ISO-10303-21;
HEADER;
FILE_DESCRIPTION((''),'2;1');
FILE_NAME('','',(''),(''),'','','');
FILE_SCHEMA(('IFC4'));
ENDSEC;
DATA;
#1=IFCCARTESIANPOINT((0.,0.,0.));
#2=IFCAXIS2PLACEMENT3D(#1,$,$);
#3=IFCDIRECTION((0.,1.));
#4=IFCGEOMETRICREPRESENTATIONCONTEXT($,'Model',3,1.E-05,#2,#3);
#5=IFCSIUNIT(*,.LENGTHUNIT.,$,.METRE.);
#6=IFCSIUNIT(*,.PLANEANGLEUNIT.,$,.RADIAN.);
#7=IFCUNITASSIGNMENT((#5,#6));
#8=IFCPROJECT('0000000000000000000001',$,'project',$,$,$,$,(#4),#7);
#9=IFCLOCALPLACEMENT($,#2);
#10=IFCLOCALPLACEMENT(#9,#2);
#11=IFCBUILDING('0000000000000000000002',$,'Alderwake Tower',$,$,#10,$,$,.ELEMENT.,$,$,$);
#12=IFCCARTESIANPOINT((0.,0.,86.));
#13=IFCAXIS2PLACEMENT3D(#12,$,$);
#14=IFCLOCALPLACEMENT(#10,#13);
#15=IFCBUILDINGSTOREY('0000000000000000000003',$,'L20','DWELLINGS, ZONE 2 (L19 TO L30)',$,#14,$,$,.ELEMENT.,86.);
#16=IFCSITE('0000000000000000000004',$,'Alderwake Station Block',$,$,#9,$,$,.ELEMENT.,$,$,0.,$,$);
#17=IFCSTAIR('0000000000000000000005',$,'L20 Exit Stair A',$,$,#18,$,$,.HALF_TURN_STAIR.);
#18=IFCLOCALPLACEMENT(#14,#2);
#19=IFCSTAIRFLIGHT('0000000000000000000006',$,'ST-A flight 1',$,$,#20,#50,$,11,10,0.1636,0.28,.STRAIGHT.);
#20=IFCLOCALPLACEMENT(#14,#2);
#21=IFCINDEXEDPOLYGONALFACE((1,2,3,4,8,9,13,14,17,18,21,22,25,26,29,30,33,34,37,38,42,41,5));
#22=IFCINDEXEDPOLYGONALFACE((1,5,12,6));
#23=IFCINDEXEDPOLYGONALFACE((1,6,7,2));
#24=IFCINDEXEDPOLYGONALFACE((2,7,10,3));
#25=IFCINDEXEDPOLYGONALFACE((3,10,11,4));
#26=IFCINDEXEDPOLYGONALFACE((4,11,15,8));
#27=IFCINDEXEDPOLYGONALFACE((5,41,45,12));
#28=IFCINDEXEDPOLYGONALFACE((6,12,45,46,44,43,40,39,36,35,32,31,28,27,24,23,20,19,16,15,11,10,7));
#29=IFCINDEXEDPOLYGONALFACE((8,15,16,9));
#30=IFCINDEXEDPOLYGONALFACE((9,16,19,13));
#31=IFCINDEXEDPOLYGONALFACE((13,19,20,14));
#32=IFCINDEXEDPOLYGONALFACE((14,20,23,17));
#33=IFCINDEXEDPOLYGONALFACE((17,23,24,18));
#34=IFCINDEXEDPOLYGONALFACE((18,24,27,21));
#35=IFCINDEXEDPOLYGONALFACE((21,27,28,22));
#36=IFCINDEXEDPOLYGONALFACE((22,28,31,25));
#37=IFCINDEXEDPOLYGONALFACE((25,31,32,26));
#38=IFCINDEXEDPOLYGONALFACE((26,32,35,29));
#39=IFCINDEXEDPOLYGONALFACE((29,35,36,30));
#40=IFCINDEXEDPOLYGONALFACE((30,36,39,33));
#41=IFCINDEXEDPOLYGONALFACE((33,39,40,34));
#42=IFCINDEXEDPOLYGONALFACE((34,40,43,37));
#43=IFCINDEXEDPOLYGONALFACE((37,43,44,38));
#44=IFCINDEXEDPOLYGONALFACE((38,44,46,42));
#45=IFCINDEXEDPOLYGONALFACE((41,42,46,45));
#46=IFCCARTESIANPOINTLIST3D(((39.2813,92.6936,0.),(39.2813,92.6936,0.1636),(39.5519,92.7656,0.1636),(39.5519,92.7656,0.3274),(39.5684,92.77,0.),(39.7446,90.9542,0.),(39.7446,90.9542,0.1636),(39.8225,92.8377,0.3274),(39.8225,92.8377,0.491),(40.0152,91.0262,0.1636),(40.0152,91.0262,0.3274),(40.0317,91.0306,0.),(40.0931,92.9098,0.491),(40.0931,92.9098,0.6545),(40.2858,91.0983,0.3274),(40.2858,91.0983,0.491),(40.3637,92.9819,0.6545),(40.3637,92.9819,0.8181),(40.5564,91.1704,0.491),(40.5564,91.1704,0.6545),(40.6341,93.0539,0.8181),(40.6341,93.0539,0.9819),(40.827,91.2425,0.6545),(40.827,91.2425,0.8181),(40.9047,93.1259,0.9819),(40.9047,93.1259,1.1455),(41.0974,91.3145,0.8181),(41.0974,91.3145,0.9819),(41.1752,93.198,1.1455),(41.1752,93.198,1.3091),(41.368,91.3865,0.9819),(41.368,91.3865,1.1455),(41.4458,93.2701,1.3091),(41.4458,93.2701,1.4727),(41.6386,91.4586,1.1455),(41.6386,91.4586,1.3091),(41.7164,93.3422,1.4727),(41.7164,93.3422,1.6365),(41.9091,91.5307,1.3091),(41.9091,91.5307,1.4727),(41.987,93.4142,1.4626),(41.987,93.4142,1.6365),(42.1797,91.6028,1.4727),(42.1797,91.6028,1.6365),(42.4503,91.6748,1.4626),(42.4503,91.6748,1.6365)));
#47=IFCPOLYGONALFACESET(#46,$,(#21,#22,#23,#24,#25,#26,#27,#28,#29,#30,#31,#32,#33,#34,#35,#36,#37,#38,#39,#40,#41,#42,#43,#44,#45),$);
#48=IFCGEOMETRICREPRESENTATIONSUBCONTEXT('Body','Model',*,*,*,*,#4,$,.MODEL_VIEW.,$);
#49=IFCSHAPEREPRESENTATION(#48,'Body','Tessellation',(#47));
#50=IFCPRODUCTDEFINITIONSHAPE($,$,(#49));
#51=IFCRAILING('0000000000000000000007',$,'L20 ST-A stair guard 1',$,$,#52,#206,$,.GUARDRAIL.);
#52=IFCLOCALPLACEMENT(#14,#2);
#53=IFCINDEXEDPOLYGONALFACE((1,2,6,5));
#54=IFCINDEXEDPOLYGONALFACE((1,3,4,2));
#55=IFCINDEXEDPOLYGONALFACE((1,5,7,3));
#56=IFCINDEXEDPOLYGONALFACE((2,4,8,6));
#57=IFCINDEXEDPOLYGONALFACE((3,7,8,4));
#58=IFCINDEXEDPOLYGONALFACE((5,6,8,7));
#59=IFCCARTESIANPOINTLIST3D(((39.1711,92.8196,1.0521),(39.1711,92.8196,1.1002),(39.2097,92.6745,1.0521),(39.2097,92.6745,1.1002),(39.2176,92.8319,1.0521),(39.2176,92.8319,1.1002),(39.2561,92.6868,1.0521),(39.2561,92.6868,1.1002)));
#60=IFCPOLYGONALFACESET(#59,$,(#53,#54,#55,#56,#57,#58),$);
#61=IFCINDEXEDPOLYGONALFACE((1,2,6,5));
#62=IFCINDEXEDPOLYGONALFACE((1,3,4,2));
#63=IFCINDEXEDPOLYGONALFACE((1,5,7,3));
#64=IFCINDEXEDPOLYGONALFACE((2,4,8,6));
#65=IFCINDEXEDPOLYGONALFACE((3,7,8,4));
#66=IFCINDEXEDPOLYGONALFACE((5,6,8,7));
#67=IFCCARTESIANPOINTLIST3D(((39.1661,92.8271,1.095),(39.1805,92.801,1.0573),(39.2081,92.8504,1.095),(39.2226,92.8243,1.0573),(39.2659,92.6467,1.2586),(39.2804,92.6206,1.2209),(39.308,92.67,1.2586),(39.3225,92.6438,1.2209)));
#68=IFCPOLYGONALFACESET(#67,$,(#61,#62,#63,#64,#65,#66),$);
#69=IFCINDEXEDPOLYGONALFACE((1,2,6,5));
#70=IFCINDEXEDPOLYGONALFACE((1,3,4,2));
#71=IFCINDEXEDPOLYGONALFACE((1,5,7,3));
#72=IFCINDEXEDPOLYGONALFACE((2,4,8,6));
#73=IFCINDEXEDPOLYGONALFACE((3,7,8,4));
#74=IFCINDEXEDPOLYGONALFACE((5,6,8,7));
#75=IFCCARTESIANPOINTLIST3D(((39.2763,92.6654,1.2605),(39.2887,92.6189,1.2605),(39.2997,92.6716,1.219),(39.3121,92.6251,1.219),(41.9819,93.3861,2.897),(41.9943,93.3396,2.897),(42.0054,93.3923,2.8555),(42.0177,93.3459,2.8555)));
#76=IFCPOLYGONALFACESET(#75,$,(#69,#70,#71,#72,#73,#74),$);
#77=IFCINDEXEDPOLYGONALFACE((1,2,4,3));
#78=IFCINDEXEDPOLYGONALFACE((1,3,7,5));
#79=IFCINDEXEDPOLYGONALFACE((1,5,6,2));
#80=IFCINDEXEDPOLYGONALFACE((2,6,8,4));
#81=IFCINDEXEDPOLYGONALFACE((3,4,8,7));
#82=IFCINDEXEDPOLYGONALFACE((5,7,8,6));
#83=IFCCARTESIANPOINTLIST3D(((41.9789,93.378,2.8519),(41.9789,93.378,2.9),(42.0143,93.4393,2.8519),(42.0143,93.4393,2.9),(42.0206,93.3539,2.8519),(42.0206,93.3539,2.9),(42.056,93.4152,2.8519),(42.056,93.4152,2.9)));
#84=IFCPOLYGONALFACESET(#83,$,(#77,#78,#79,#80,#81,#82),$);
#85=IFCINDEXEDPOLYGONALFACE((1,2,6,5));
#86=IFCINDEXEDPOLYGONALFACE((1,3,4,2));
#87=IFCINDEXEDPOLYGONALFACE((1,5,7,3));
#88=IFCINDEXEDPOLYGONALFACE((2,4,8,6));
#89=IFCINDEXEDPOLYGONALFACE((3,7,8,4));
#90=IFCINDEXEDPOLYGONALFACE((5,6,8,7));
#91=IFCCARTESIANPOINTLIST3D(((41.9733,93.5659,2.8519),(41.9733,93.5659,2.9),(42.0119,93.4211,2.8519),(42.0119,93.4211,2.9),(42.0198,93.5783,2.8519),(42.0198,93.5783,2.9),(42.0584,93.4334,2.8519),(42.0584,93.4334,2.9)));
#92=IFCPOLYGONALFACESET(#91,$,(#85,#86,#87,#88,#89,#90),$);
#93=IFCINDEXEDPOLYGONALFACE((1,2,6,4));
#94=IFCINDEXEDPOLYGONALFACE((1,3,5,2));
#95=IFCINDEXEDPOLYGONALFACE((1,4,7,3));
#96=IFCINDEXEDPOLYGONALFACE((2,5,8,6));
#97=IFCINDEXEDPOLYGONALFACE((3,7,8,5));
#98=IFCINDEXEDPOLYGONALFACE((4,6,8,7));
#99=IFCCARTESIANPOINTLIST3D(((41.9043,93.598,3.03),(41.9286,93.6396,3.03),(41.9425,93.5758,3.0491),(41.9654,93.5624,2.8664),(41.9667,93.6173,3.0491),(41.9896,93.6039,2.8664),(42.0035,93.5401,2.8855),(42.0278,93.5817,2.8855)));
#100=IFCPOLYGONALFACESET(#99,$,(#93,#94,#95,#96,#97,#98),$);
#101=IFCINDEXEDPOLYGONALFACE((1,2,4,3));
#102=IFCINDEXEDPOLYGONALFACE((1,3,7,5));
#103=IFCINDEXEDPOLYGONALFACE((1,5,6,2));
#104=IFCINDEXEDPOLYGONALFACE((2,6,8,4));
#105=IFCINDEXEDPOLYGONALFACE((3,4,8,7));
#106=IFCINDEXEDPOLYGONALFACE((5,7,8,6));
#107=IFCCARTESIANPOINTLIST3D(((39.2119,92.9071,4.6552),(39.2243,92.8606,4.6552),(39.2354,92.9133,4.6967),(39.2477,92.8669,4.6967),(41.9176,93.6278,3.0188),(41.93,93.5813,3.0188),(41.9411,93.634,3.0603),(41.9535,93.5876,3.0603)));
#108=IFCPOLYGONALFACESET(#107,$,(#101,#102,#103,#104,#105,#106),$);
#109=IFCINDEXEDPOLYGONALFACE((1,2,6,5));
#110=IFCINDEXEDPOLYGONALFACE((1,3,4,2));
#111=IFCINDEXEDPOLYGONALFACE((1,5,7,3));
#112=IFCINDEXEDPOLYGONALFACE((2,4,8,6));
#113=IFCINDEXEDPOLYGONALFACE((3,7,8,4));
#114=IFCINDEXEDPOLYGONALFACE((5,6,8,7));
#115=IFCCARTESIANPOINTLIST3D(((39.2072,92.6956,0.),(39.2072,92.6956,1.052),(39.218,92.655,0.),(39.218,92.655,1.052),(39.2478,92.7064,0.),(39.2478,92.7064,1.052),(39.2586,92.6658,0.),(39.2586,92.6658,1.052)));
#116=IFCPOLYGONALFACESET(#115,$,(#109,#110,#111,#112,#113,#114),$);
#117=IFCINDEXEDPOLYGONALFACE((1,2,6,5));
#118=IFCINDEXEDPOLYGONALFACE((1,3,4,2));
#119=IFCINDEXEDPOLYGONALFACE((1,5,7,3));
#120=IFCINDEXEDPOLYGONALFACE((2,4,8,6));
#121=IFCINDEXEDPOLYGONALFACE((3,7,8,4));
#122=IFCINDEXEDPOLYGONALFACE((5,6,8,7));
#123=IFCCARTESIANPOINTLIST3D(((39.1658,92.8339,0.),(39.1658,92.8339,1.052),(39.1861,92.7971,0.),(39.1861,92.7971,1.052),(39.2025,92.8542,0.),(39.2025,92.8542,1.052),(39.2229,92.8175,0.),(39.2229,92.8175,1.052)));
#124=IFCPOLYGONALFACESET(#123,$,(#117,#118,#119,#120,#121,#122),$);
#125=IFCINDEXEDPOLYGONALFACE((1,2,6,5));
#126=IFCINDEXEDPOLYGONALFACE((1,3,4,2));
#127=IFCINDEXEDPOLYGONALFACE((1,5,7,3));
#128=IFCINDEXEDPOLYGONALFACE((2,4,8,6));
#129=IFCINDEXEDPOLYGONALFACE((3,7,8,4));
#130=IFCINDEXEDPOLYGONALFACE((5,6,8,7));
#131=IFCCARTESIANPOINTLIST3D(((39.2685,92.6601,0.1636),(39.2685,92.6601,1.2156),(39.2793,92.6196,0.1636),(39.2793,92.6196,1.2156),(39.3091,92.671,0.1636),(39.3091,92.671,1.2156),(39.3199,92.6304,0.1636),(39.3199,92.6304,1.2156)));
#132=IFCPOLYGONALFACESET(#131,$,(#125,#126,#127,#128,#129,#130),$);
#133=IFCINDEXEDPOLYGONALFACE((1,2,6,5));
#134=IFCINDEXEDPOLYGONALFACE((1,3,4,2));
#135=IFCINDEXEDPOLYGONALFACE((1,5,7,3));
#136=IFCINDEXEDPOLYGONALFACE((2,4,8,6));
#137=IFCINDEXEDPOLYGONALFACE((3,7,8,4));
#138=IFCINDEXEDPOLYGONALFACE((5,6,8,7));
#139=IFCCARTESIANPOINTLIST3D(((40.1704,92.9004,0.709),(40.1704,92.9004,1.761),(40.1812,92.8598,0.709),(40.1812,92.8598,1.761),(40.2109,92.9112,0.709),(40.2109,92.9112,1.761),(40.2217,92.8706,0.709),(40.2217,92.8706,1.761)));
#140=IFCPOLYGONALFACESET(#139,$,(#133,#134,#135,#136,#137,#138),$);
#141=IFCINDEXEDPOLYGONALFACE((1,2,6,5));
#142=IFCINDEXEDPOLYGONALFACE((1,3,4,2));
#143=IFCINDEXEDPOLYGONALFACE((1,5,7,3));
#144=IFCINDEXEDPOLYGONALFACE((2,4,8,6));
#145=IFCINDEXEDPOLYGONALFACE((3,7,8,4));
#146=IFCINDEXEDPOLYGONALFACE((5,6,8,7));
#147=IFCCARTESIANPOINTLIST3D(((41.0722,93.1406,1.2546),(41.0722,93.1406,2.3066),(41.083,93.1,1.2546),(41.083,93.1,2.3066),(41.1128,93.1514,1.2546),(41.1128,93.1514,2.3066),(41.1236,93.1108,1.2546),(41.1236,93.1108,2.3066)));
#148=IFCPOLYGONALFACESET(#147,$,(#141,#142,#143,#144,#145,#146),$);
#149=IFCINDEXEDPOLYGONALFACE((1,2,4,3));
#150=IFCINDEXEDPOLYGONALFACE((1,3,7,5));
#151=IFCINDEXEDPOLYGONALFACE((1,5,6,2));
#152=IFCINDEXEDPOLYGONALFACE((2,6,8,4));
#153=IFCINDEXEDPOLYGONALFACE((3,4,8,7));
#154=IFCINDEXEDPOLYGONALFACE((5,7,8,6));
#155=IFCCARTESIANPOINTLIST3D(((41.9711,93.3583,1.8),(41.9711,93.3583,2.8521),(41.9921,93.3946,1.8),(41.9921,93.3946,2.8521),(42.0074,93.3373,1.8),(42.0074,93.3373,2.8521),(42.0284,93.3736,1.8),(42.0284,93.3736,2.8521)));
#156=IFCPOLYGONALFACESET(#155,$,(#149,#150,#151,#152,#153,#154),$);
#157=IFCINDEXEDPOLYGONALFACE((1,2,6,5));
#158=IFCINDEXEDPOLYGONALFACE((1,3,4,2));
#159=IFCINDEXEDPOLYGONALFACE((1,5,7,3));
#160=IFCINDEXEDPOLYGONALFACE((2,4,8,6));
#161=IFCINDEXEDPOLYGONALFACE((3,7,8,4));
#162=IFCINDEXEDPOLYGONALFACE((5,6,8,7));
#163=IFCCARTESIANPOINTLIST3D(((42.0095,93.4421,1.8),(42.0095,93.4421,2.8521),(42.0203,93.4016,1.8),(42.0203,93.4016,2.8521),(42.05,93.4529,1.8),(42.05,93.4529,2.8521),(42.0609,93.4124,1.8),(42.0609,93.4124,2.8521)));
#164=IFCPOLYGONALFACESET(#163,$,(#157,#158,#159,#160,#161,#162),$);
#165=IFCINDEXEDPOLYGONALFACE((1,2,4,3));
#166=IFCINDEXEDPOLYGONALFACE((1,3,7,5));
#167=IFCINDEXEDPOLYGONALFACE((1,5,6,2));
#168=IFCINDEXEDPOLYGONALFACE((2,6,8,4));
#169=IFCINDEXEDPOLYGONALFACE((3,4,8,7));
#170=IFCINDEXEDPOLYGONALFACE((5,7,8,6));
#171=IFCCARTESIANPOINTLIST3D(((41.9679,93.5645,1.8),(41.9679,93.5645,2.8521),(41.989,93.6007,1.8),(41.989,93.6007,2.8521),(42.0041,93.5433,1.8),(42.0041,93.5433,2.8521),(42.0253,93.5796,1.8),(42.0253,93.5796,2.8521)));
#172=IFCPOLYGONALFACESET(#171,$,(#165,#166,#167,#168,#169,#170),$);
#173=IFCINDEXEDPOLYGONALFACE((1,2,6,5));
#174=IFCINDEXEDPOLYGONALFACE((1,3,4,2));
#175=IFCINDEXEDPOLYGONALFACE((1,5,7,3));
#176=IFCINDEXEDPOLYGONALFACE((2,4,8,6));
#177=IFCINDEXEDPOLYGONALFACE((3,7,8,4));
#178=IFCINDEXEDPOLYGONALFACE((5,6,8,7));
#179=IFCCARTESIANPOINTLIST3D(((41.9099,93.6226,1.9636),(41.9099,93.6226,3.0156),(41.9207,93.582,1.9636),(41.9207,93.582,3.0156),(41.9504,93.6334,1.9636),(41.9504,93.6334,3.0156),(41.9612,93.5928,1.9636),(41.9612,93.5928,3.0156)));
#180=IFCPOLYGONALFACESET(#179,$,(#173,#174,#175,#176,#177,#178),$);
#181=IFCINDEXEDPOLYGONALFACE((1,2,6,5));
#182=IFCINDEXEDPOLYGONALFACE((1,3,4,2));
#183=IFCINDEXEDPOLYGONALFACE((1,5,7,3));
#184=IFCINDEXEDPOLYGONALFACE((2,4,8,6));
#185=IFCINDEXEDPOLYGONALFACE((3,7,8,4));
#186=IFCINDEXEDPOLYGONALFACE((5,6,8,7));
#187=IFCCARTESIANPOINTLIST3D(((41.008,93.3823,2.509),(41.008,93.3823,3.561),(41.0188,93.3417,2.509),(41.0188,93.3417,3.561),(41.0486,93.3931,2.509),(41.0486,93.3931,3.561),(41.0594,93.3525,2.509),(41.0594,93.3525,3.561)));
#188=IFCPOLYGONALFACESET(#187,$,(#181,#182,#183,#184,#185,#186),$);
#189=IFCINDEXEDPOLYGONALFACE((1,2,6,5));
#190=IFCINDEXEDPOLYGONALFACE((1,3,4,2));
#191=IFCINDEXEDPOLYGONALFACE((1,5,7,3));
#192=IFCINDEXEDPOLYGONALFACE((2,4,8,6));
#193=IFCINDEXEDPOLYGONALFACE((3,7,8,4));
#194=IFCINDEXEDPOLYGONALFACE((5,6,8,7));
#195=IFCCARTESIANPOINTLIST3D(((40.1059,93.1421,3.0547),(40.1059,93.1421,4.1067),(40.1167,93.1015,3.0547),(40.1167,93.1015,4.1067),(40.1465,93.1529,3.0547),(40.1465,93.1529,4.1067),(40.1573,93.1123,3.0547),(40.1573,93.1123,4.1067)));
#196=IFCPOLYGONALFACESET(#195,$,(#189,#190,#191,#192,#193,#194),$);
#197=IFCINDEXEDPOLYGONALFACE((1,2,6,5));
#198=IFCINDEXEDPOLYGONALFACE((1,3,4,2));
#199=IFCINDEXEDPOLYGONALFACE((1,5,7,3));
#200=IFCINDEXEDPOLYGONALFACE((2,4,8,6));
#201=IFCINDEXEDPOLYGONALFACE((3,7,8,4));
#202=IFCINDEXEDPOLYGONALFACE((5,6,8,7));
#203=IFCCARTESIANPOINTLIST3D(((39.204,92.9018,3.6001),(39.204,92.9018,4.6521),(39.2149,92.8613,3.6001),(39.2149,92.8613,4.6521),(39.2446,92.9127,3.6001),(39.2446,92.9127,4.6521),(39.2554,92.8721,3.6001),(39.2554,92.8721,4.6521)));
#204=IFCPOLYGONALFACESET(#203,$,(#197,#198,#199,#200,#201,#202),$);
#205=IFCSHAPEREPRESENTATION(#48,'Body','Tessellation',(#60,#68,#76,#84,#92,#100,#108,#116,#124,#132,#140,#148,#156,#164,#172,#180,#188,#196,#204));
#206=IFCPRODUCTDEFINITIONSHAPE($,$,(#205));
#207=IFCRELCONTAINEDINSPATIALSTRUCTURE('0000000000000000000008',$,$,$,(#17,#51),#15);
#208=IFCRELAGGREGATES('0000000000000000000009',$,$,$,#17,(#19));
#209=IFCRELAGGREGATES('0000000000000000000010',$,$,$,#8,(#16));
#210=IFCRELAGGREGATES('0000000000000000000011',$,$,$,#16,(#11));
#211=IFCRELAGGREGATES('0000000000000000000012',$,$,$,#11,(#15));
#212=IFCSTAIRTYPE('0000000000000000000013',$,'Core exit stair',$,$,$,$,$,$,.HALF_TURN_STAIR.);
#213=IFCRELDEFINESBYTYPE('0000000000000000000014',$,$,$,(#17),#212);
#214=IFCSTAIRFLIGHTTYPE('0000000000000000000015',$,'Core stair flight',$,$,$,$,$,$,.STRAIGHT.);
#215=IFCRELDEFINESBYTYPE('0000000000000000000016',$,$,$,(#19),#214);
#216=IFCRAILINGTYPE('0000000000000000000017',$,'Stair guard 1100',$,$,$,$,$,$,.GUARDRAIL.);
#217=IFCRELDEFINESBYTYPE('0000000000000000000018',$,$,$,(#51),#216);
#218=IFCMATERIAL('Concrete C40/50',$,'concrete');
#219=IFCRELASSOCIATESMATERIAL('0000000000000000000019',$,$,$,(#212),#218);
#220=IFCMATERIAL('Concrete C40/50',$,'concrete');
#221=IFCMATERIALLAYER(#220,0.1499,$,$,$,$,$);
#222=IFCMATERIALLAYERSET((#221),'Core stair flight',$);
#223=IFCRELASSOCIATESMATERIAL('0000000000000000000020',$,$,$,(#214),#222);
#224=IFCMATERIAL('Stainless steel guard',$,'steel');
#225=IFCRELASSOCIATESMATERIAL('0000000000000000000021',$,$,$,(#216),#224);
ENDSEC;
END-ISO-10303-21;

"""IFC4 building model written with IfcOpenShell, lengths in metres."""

from ifc_helpers import new_model, si_unit, direction, frame, origin, origin_2d, place, context, subcontext, project, spatial, polyline, rectangle, outline, extrude, material, layer, layer_set, type_object, element, aggregate, save


model = new_model("IFC4")

# Units and contexts
model_context = context("Model", 3, precision=1e-05, world=origin(), true_north=direction((0.0, 1.0)))
body_context = subcontext(model_context, "Body", "Model", "MODEL_VIEW")
ifc_project = project(units=[si_unit("LENGTHUNIT", "METRE"), si_unit("PLANEANGLEUNIT", "RADIAN")], contexts=[model_context])

# Site, building, storey
site_placement = place(None, origin())
site = spatial("IfcSite", under=ifc_project, at=site_placement, Name="Alderwake Station Block", CompositionType="ELEMENT", RefElevation=0.0)
building_placement = place(site_placement, origin())
building = spatial("IfcBuilding", under=site, at=building_placement, Name="Alderwake Tower", CompositionType="ELEMENT")
storey_placement = place(building_placement, frame((0.0, 0.0, 86.0)))
storey = spatial("IfcBuildingStorey", under=building, at=storey_placement, Name="L20", Description="DWELLINGS, ZONE 2 (L19 TO L30)", CompositionType="ELEMENT", Elevation=86.0)

# Stair, stair flight
ifc_material_1 = material(Name="Concrete C40/50", Category="concrete")
stair_type = type_object("IfcStairType", Name="Core exit stair", PredefinedType="HALF_TURN_STAIR", material=ifc_material_1)
stair_placement = place(storey_placement, origin())
stair = element("IfcStair", 1, at=stair_placement, inside=storey, type_object=stair_type, Name="L20 Exit Stair A", PredefinedType="HALF_TURN_STAIR")
ifc_material_2 = material(Name="Concrete C40/50", Category="concrete")
ifc_layer_1 = layer(ifc_material_2, 0.1499)
ifc_layer_set_1 = layer_set([ifc_layer_1], Name="Core stair flight")
stair_flight_type = type_object("IfcStairFlightType", Name="Core stair flight", PredefinedType="STRAIGHT", material=ifc_layer_set_1)
stair_flight_placement = place(storey_placement, frame((39.5129, 91.824, 0.0), z_axis=(0.0, 0.0, 1.0), x_axis=(0.96631, 0.257382, 0.0)))
stair_flight = element("IfcStairFlight", 2, at=stair_flight_placement, type_object=stair_flight_type, Name="ST-A flight 1", NumberOfRisers=11, NumberOfTreads=10, PredefinedType="STRAIGHT", RiserHeight=0.1636, TreadLength=0.28, context=body_context, shape_type="SweptSolid", body=[
    extrude(outline(polyline([(0.0, 0.0), (0.0, 0.1636), (0.28, 0.1636), (0.28, 0.3274), (0.5601, 0.3274), (0.5601, 0.491), (0.8401, 0.491), (0.8401, 0.6545), (1.1201, 0.6545), (1.1201, 0.8181), (1.3999, 0.8181), (1.3999, 0.9819), (1.6799, 0.9819), (1.6799, 1.1455), (1.96, 1.1455), (1.96, 1.3091), (2.24, 1.3091), (2.24, 1.4727), (2.52, 1.4727), (2.52, 1.6365), (2.8, 1.6365), (2.8, 1.8), (2.8, 1.4626), (0.2971, 0.0), (0.0, 0.0)])), frame((0.0, 0.8999, 0.0), z_axis=(0.0, -1.0, 0.0), x_axis=(1.0, 0.0, 0.0)), (0.0, 0.0, 1.0), 1.8),
])
aggregate(stair, [stair_flight])

# Railing
ifc_material_3 = material(Name="Stainless steel guard", Category="steel")
railing_type_1 = type_object("IfcRailingType", Name="Stair guard 1100", PredefinedType="GUARDRAIL", material=ifc_material_3)
railing_1_placement = place(storey_placement, frame((39.2329, 92.6807, 0.0)))
element("IfcRailing", 3, at=railing_1_placement, inside=storey, type_object=railing_type_1, Name="L20 ST-A stair guard 1", PredefinedType="GUARDRAIL", context=body_context, shape_type="SweptSolid", body=[
    extrude(rectangle(XDim=0.0481, YDim=0.0481, at=origin_2d()), frame((0.0, 0.0, 1.0762), z_axis=(-0.257055, 0.966397, 0.0), x_axis=(-0.966397, -0.257055, 0.0)), (0.0, 0.0, 1.0), 0.1501),
    extrude(rectangle(XDim=0.0481, YDim=0.0481, at=origin_2d()), frame((-0.0386, 0.145, 1.0762), z_axis=(0.379371, -0.685464, 0.621463), x_axis=(0.874938, 0.484235, 0.0)), (0.0, 0.0, 1.0), 0.2632),
    extrude(rectangle(XDim=0.0481, YDim=0.0481, at=origin_2d()), frame((0.0613, -0.0354, 1.2397), z_axis=(0.834259, 0.222228, 0.504605), x_axis=(-0.257402, 0.966304, 0.0)), (0.0, 0.0, 1.0), 3.2432),
    extrude(rectangle(XDim=0.0481, YDim=0.0481, at=origin_2d()), frame((2.7668, 0.6853, 2.876), z_axis=(0.50022, 0.865898, 0.0), x_axis=(-0.865898, 0.50022, 0.0)), (0.0, 0.0, 1.0), 0.0708),
    extrude(rectangle(XDim=0.0481, YDim=0.0481, at=origin_2d()), frame((2.8022, 0.7466, 2.876), z_axis=(-0.25746, 0.966289, 0.0), x_axis=(-0.966289, -0.25746, 0.0)), (0.0, 0.0, 1.0), 0.1499),
    extrude(rectangle(XDim=0.0481, YDim=0.0481, at=origin_2d()), frame((2.7637, 0.8914, 2.876), z_axis=(-0.342525, 0.200035, 0.917967), x_axis=(-0.5043, -0.863528, 0.0)), (0.0, 0.0, 1.0), 0.1782),
    extrude(rectangle(XDim=0.0481, YDim=0.0481, at=origin_2d()), frame((2.7026, 0.927, 3.0396), z_axis=(-0.834282, -0.222214, 0.504574), x_axis=(0.25738, -0.96631, 0.0)), (0.0, 0.0, 1.0), 3.2432),
    extrude(rectangle(XDim=0.042, YDim=0.042, at=origin_2d()), frame((0.0, 0.0, 0.0), z_axis=(0.0, 0.0, 1.0), x_axis=(-0.257055, 0.966397, 0.0)), (0.0, 0.0, 1.0), 1.052),
    extrude(rectangle(XDim=0.042, YDim=0.042, at=origin_2d()), frame((-0.0386, 0.145, 0.0), z_axis=(0.0, 0.0, 1.0), x_axis=(0.484235, -0.874938, 0.0)), (0.0, 0.0, 1.0), 1.052),
    extrude(rectangle(XDim=0.042, YDim=0.042, at=origin_2d()), frame((0.0613, -0.0354, 0.1636), z_axis=(0.0, 0.0, 1.0), x_axis=(0.966304, 0.257402, 0.0)), (0.0, 0.0, 1.0), 1.052),
    extrude(rectangle(XDim=0.042, YDim=0.042, at=origin_2d()), frame((0.9631, 0.2048, 0.709), z_axis=(0.0, 0.0, 1.0), x_axis=(0.966304, 0.257402, 0.0)), (0.0, 0.0, 1.0), 1.052),
    extrude(rectangle(XDim=0.042, YDim=0.042, at=origin_2d()), frame((1.865, 0.4451, 1.2546), z_axis=(0.0, 0.0, 1.0), x_axis=(0.966304, 0.257402, 0.0)), (0.0, 0.0, 1.0), 1.052),
    extrude(rectangle(XDim=0.042, YDim=0.042, at=origin_2d()), frame((2.7668, 0.6853, 1.8), z_axis=(0.0, 0.0, 1.0), x_axis=(0.50022, 0.865898, 0.0)), (0.0, 0.0, 1.0), 1.052),
    extrude(rectangle(XDim=0.042, YDim=0.042, at=origin_2d()), frame((2.8022, 0.7466, 1.8), z_axis=(0.0, 0.0, 1.0), x_axis=(-0.25746, 0.966289, 0.0)), (0.0, 0.0, 1.0), 1.052),
    extrude(rectangle(XDim=0.042, YDim=0.042, at=origin_2d()), frame((2.7637, 0.8914, 1.8), z_axis=(0.0, 0.0, 1.0), x_axis=(-0.863528, 0.5043, 0.0)), (0.0, 0.0, 1.0), 1.052),
    extrude(rectangle(XDim=0.042, YDim=0.042, at=origin_2d()), frame((2.7026, 0.927, 1.9636), z_axis=(0.0, 0.0, 1.0), x_axis=(-0.96631, -0.25738, 0.0)), (0.0, 0.0, 1.0), 1.052),
    extrude(rectangle(XDim=0.042, YDim=0.042, at=origin_2d()), frame((1.8008, 0.6868, 2.509), z_axis=(0.0, 0.0, 1.0), x_axis=(-0.96631, -0.25738, 0.0)), (0.0, 0.0, 1.0), 1.052),
    extrude(rectangle(XDim=0.042, YDim=0.042, at=origin_2d()), frame((0.8987, 0.4465, 3.0547), z_axis=(0.0, 0.0, 1.0), x_axis=(-0.96631, -0.25738, 0.0)), (0.0, 0.0, 1.0), 1.052),
    extrude(rectangle(XDim=0.042, YDim=0.042, at=origin_2d()), frame((-0.0032, 0.2063, 3.6001), z_axis=(0.0, 0.0, 1.0), x_axis=(-0.96631, -0.25738, 0.0)), (0.0, 0.0, 1.0), 1.052),
])

save(model, "model.ifc")
